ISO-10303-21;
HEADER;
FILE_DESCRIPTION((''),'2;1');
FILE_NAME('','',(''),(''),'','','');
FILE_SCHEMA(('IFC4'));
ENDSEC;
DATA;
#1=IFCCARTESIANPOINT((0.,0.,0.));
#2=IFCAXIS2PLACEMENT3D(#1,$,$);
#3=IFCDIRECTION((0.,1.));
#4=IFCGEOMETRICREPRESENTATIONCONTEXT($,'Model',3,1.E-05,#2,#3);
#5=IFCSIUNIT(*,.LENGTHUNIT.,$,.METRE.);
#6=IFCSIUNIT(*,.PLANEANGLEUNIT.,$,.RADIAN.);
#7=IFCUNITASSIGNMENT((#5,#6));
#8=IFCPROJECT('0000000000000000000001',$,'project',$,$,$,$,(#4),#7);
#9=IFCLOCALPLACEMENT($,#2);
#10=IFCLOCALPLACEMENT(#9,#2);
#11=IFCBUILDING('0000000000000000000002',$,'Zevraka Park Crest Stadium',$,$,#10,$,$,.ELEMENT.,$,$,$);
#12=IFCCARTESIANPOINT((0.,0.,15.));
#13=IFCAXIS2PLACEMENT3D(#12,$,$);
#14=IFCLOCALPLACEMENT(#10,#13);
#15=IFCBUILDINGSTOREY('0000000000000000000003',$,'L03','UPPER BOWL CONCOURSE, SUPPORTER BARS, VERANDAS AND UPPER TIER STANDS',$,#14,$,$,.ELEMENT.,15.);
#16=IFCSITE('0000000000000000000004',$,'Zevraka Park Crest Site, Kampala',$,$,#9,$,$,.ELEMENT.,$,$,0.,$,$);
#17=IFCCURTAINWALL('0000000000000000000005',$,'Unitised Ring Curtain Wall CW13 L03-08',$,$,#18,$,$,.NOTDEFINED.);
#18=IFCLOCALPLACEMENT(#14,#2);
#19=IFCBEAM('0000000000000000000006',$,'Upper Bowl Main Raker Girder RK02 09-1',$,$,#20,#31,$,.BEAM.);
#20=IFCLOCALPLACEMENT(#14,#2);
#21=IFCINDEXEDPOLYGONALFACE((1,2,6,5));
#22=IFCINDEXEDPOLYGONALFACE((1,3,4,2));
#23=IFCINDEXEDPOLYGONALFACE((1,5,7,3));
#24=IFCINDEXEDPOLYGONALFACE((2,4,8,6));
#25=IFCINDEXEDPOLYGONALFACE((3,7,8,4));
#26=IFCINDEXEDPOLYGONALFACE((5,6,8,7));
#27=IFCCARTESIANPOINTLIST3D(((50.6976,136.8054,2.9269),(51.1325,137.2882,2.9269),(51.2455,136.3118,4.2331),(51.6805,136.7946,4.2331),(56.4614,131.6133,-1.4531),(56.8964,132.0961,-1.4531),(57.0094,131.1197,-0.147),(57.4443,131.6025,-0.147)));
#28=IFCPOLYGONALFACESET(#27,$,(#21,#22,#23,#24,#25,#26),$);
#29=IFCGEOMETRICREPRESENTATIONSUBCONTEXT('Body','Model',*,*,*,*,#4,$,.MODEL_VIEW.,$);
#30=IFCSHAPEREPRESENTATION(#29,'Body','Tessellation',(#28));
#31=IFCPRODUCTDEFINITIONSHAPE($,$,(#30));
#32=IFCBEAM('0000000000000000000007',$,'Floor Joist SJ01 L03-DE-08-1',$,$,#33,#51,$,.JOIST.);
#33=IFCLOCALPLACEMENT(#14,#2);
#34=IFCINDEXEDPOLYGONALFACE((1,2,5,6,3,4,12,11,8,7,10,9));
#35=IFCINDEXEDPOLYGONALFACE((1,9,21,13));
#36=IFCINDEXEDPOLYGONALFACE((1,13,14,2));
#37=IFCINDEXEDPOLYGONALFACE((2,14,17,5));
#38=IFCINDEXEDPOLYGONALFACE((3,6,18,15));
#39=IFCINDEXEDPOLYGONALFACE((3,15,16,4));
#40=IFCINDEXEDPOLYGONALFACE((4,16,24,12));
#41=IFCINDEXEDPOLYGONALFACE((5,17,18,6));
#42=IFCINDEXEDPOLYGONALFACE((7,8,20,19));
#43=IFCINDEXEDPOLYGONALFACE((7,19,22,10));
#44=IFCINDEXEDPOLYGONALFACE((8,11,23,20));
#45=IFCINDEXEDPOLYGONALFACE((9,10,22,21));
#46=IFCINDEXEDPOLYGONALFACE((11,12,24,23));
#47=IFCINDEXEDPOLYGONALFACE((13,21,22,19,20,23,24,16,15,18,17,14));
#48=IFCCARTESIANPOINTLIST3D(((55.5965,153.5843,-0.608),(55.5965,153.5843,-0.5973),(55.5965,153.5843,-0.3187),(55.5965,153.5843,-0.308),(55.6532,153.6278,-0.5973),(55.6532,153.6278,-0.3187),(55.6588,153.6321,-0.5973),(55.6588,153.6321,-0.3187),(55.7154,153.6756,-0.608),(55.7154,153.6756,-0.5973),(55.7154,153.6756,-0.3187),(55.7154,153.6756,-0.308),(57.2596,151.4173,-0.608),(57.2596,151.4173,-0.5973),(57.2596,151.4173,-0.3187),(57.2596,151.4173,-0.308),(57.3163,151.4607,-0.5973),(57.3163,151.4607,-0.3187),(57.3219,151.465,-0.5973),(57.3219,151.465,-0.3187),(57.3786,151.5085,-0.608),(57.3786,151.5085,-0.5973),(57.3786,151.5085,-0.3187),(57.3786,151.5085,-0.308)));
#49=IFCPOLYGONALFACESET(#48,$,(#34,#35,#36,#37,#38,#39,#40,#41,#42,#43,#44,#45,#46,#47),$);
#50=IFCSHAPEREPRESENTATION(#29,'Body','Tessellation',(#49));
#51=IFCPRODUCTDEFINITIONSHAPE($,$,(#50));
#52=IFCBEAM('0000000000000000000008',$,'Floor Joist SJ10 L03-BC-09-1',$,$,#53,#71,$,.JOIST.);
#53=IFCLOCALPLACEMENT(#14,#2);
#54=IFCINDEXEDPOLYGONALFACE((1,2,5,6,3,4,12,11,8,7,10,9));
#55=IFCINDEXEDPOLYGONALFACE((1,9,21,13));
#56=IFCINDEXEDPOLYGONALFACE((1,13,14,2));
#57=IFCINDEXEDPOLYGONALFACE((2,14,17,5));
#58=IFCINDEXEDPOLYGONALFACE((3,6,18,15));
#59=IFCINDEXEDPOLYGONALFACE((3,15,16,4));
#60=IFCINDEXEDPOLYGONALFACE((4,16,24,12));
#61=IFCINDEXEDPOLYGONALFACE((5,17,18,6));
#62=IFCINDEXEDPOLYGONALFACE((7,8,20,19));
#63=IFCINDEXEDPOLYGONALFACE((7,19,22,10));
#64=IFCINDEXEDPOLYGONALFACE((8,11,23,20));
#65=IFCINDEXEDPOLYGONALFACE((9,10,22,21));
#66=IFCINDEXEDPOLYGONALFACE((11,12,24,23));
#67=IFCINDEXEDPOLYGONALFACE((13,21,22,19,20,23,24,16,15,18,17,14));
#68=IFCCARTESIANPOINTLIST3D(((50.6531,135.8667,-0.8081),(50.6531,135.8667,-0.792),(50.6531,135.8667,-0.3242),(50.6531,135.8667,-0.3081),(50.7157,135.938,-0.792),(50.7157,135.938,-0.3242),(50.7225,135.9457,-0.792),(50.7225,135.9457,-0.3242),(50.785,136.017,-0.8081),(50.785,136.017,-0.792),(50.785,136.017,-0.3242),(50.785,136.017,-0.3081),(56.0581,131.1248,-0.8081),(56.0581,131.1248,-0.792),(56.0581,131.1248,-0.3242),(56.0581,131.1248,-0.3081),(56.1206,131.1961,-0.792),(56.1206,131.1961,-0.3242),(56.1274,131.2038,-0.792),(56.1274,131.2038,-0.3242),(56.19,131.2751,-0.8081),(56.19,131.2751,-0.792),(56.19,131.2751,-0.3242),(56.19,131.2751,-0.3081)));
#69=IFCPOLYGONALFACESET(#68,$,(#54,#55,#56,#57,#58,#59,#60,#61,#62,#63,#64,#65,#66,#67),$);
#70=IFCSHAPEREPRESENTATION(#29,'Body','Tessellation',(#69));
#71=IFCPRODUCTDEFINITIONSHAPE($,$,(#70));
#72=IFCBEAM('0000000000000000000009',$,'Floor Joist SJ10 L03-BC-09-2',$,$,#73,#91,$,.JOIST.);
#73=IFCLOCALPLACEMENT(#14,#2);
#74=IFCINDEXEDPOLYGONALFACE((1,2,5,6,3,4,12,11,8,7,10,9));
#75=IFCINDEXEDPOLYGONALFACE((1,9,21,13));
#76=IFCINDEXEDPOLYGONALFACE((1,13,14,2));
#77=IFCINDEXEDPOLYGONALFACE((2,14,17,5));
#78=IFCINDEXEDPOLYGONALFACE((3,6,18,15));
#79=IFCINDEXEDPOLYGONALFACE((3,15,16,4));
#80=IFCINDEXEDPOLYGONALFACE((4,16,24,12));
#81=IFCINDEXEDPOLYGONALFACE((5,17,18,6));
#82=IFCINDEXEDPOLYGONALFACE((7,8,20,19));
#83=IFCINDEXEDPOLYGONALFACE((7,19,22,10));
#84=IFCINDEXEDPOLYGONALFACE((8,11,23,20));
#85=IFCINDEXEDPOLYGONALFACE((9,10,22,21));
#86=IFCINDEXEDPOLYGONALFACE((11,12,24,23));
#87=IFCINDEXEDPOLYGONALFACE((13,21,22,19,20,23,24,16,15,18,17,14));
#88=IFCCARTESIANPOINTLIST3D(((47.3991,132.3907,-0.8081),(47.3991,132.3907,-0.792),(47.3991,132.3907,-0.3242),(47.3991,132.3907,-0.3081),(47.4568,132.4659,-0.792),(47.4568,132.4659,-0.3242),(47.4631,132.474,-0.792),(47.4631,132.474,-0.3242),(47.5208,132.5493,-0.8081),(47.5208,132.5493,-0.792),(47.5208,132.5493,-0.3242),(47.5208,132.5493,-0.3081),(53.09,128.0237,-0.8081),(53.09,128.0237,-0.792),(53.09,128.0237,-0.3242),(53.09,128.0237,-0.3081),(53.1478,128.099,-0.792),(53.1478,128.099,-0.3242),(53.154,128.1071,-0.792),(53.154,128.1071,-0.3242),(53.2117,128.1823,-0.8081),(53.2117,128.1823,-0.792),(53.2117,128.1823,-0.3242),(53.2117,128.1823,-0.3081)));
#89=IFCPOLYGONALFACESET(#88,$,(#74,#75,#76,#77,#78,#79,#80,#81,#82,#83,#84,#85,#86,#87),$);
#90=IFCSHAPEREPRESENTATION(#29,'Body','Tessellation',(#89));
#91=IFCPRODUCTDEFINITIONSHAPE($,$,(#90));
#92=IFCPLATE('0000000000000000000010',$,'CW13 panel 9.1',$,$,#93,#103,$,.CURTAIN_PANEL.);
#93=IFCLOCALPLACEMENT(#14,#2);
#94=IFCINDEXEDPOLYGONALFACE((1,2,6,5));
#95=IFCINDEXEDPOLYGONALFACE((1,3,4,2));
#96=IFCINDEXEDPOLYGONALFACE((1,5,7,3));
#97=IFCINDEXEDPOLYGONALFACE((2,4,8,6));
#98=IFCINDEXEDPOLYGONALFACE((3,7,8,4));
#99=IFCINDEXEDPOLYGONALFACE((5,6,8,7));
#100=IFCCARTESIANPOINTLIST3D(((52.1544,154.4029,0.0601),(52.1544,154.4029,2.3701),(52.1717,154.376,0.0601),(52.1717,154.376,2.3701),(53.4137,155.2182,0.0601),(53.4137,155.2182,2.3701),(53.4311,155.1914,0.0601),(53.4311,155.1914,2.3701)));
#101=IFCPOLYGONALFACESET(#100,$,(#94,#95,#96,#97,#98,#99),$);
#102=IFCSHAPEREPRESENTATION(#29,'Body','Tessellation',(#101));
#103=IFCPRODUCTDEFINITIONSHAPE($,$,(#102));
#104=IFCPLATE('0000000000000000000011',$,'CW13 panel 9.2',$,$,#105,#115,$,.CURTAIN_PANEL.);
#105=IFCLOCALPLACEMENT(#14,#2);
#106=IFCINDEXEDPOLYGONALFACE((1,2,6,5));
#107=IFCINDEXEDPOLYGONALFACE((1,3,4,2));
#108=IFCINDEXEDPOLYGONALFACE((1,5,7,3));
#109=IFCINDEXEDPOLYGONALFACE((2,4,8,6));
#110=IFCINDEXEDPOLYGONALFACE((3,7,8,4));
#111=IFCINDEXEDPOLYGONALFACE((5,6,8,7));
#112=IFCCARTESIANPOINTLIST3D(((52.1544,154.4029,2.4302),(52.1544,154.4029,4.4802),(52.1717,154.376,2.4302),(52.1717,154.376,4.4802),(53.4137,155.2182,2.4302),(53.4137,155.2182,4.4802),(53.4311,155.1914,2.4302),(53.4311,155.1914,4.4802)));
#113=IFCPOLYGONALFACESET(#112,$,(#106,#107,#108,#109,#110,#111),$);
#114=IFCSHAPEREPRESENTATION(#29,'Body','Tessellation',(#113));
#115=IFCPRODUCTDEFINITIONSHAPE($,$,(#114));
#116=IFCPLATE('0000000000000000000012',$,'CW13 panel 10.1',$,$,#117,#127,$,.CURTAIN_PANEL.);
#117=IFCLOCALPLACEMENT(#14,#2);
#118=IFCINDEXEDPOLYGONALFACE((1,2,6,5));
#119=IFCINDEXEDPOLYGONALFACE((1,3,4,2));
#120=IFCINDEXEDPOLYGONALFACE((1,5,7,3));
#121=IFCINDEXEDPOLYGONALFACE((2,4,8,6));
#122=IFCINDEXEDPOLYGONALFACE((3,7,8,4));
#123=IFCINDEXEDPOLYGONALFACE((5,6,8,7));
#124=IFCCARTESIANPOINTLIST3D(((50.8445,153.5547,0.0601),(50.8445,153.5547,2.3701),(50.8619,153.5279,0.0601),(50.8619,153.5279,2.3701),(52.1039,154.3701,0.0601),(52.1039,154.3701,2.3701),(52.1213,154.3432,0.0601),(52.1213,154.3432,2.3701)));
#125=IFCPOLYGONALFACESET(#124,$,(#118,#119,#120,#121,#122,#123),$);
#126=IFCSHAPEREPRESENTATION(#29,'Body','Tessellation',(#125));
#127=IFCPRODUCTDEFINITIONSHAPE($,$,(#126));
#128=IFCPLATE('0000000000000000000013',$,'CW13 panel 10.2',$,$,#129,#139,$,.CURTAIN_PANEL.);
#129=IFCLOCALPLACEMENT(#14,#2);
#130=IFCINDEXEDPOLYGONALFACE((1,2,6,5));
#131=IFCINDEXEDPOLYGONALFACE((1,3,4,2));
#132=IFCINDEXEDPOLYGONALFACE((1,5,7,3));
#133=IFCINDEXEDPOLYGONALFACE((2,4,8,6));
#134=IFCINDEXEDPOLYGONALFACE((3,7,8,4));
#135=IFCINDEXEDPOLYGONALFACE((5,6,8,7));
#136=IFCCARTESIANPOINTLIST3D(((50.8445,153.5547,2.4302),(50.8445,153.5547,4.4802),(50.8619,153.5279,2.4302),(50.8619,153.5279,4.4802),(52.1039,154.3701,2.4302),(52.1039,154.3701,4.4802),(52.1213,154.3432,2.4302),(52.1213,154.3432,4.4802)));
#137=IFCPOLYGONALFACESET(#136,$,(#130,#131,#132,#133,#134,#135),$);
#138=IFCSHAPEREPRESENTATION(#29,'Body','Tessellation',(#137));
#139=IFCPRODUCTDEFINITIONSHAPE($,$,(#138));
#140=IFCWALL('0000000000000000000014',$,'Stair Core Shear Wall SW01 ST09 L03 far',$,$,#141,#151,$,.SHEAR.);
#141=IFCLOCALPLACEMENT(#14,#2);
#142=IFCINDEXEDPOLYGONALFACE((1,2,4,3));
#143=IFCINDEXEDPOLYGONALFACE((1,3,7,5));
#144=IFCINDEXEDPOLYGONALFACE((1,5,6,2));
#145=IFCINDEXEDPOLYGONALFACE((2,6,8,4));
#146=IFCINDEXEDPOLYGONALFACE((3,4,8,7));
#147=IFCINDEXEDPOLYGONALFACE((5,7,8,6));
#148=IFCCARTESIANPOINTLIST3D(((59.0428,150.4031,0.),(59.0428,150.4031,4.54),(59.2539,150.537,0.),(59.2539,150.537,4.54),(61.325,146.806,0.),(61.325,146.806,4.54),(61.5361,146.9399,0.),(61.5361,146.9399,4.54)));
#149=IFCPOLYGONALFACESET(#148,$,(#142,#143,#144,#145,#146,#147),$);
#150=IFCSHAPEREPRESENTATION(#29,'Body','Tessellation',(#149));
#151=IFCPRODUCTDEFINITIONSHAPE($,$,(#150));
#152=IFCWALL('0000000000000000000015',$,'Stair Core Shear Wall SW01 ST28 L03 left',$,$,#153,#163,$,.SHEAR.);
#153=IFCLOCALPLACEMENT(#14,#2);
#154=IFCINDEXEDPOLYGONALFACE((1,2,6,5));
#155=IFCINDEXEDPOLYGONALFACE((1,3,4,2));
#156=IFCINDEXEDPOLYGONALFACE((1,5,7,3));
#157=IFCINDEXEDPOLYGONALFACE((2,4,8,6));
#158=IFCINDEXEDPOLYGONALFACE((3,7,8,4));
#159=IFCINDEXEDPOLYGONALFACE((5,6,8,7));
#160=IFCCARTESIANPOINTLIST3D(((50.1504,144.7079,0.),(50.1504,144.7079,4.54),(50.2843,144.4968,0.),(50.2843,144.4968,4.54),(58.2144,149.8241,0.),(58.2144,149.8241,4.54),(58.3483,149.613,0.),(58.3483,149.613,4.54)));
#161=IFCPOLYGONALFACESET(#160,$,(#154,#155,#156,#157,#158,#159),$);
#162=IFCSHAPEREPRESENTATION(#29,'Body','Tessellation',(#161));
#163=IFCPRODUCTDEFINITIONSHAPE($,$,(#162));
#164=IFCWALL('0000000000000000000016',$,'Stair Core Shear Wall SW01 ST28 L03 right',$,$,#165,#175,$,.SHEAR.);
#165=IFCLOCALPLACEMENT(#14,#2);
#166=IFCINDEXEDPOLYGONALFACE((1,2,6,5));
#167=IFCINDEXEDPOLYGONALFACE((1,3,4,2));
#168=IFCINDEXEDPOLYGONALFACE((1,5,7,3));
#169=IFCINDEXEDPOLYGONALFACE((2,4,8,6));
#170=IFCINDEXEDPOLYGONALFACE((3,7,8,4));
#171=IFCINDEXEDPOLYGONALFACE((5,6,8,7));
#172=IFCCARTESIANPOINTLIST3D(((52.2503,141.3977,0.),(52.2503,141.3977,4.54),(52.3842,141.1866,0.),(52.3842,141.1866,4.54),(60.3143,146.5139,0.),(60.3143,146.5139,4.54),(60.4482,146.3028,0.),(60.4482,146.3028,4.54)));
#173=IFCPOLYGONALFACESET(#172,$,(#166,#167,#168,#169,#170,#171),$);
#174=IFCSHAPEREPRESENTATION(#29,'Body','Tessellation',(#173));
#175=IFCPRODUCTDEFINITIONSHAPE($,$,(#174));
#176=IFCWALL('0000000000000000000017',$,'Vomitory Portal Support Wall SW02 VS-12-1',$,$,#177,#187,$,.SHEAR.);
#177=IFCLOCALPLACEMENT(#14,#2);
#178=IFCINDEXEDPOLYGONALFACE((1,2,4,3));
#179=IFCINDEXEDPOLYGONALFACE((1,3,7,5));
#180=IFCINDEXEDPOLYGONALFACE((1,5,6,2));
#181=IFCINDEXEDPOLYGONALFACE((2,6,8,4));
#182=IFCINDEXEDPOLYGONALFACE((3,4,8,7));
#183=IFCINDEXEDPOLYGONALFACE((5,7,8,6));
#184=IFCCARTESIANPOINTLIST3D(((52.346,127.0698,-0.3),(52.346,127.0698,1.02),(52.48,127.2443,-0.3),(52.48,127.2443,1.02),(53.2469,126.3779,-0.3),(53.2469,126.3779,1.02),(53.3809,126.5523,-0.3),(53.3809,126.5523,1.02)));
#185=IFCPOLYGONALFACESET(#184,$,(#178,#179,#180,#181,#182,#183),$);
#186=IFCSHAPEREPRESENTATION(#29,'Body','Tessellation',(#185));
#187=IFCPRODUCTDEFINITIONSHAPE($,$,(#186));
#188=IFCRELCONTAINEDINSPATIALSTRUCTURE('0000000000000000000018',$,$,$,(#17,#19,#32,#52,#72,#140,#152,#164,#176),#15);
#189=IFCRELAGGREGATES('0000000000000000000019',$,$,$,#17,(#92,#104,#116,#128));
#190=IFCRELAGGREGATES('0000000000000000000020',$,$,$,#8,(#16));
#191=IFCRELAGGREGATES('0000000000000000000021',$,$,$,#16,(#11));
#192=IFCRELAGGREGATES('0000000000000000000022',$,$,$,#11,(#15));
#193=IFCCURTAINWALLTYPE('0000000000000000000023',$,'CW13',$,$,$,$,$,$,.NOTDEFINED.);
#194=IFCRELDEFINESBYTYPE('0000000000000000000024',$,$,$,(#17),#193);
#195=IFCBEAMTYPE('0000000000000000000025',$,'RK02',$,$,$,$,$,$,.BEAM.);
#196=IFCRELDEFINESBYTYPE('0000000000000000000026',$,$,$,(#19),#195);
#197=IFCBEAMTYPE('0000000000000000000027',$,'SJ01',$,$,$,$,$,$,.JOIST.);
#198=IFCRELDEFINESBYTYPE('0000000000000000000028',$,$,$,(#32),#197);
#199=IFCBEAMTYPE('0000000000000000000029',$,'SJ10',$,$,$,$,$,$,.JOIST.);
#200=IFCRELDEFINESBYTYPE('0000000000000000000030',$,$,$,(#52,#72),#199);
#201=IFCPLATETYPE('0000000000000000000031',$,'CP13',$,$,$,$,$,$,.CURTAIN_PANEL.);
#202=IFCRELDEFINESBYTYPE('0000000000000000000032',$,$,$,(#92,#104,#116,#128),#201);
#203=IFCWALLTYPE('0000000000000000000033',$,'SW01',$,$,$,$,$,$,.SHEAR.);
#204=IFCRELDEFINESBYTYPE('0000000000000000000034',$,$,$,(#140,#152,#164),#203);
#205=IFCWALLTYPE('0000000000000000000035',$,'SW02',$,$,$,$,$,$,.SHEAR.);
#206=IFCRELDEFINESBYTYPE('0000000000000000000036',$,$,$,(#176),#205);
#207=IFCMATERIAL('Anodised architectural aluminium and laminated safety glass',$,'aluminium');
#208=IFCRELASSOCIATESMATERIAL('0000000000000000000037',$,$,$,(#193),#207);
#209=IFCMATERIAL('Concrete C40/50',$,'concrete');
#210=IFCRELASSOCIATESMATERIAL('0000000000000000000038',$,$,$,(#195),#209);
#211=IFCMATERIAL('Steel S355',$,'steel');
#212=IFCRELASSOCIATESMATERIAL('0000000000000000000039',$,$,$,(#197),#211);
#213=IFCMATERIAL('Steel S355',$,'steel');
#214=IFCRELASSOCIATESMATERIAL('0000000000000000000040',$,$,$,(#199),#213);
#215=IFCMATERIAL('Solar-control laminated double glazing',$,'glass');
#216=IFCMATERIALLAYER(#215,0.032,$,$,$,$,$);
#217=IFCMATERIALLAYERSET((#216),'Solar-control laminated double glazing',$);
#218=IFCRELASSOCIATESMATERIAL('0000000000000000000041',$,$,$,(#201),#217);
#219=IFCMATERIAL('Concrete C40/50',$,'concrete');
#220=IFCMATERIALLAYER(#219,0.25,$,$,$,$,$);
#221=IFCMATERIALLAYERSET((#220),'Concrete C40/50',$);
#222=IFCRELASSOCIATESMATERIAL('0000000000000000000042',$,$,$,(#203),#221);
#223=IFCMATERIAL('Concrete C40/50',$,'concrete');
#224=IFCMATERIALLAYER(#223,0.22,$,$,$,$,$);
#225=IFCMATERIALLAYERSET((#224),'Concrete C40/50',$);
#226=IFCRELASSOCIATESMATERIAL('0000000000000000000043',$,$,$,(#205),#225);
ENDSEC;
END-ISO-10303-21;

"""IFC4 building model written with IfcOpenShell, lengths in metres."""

from ifc_helpers import new_model, si_unit, direction, frame, frame_2d, origin, origin_2d, place, context, subcontext, project, spatial, rectangle, i_section, extrude, material, layer, layer_set, material_profile, profile_set, type_object, element, aggregate, save


model = new_model("IFC4")

# Units and contexts
model_context = context("Model", 3, precision=1e-05, world=origin(), true_north=direction((0.0, 1.0)))
body_context = subcontext(model_context, "Body", "Model", "MODEL_VIEW")
ifc_project = project(units=[si_unit("LENGTHUNIT", "METRE"), si_unit("PLANEANGLEUNIT", "RADIAN")], contexts=[model_context])

# Site, building, storey
site_placement = place(None, origin())
site = spatial("IfcSite", under=ifc_project, at=site_placement, Name="Zevraka Park Crest Site, Kampala", CompositionType="ELEMENT", RefElevation=0.0)
building_placement = place(site_placement, origin())
building = spatial("IfcBuilding", under=site, at=building_placement, Name="Zevraka Park Crest Stadium", CompositionType="ELEMENT")
storey_placement = place(building_placement, frame((0.0, 0.0, 15.0)))
storey = spatial("IfcBuildingStorey", under=building, at=storey_placement, Name="L03", Description="UPPER BOWL CONCOURSE, SUPPORTER BARS, VERANDAS AND UPPER TIER STANDS", CompositionType="ELEMENT", Elevation=15.0)

# Curtain wall
ifc_material_1 = material(Name="Anodised architectural aluminium and laminated safety glass", Category="aluminium")
curtain_wall_type = type_object("IfcCurtainWallType", Name="CW13", PredefinedType="NOTDEFINED", material=ifc_material_1)
curtain_wall_placement = place(storey_placement, origin())
curtain_wall = element("IfcCurtainWall", 1, at=curtain_wall_placement, inside=storey, type_object=curtain_wall_type, Name="Unitised Ring Curtain Wall CW13 L03-08", PredefinedType="NOTDEFINED")

# Beams
ifc_material_2 = material(Name="Concrete C40/50", Category="concrete")
ifc_material_profile_1 = material_profile(ifc_material_2, rectangle(XDim=0.6499, YDim=1.5, at=origin_2d()), Name="RC 1500x650")
ifc_profile_set_1 = profile_set([ifc_material_profile_1], Name="Concrete C40/50")
beam_type_1 = type_object("IfcBeamType", Name="RK02", PredefinedType="BEAM", material=ifc_profile_set_1)
beam_1_placement = place(storey_placement, frame((56.9529, 131.6079, -0.8), z_axis=(-0.646992, 0.582811, 0.491663), x_axis=(-0.669293, -0.742998, 0.0)))
element("IfcBeam", 2, at=beam_1_placement, inside=storey, type_object=beam_type_1, Name="Upper Bowl Main Raker Girder RK02 09-1", PredefinedType="BEAM", context=body_context, shape_type="SweptSolid", body=[
    extrude(rectangle(XDim=0.6499, YDim=1.5, at=origin_2d()), origin(), (0.0, 0.0, 1.0), 8.9087),
])
ifc_material_3 = material(Name="Steel S355", Category="steel")
ifc_material_profile_2 = material_profile(ifc_material_3, i_section(OverallWidth=0.1499, OverallDepth=0.3, WebThickness=0.0071, FlangeThickness=0.0107, at=origin_2d()), Name="IPE 300")
ifc_profile_set_2 = profile_set([ifc_material_profile_2], Name="Steel S355")
beam_type_2 = type_object("IfcBeamType", Name="SJ01", PredefinedType="JOIST", material=ifc_profile_set_2)
beam_2_placement = place(storey_placement, frame((57.3191, 151.4629, -0.458), z_axis=(-0.608829, 0.793301, 0.0), x_axis=(-0.793301, -0.608829, 0.0)))
element("IfcBeam", 3, at=beam_2_placement, inside=storey, type_object=beam_type_2, Name="Floor Joist SJ01 L03-DE-08-1", PredefinedType="JOIST", context=body_context, shape_type="SweptSolid", body=[
    extrude(i_section(OverallWidth=0.1499, OverallDepth=0.3, WebThickness=0.0071, FlangeThickness=0.0107, at=origin_2d()), origin(), (0.0, 0.0, 1.0), 2.7317),
])
ifc_material_4 = material(Name="Steel S355", Category="steel")
ifc_material_profile_3 = material_profile(ifc_material_4, i_section(OverallWidth=0.2, OverallDepth=0.5, WebThickness=0.0103, FlangeThickness=0.0161, at=origin_2d()), Name="IPE 500")
ifc_profile_set_3 = profile_set([ifc_material_profile_3], Name="Steel S355")
beam_type_3 = type_object("IfcBeamType", Name="SJ10", PredefinedType="JOIST", material=ifc_profile_set_3)
beam_3_placement = place(storey_placement, frame((56.124, 131.2, -0.5581), z_axis=(-0.751712, 0.659492, 0.0), x_axis=(-0.659492, -0.751712, 0.0)))
element("IfcBeam", 4, at=beam_3_placement, inside=storey, type_object=beam_type_3, Name="Floor Joist SJ10 L03-BC-09-1", PredefinedType="JOIST", context=body_context, shape_type="SweptSolid", body=[
    extrude(i_section(OverallWidth=0.2, OverallDepth=0.5, WebThickness=0.0103, FlangeThickness=0.0161, at=origin_2d()), origin(), (0.0, 0.0, 1.0), 7.1902),
])
beam_4_placement = place(storey_placement, frame((53.1509, 128.103, -0.5581), z_axis=(-0.793343, 0.608774, 0.0), x_axis=(-0.608774, -0.793343, 0.0)))
element("IfcBeam", 5, at=beam_4_placement, inside=storey, type_object=beam_type_3, Name="Floor Joist SJ10 L03-BC-09-2", PredefinedType="JOIST", context=body_context, shape_type="SweptSolid", body=[
    extrude(i_section(OverallWidth=0.2, OverallDepth=0.5, WebThickness=0.0103, FlangeThickness=0.0161, at=origin_2d()), origin(), (0.0, 0.0, 1.0), 7.1733),
])

# Plates
ifc_material_5 = material(Name="Solar-control laminated double glazing", Category="glass")
ifc_layer_1 = layer(ifc_material_5, 0.032)
ifc_layer_set_1 = layer_set([ifc_layer_1], Name="Solar-control laminated double glazing")
plate_type = type_object("IfcPlateType", Name="CP13", PredefinedType="CURTAIN_PANEL", material=ifc_layer_set_1)
plate_1_placement = place(storey_placement, frame((52.7927, 154.7971, 0.0601), z_axis=(0.0, 0.0, 1.0), x_axis=(-0.839429, -0.543469, 0.0)))
plate_1 = element("IfcPlate", 6, at=plate_1_placement, type_object=plate_type, Name="CW13 panel 9.1", PredefinedType="CURTAIN_PANEL", context=body_context, shape_type="SweptSolid", body=[
    extrude(rectangle(XDim=1.5002, YDim=0.032, at=origin_2d()), origin(), (0.0, 0.0, 1.0), 2.3101),
])
plate_2_placement = place(storey_placement, frame((52.7927, 154.7971, 2.4302), z_axis=(0.0, 0.0, 1.0), x_axis=(-0.839429, -0.543469, 0.0)))
plate_2 = element("IfcPlate", 7, at=plate_2_placement, type_object=plate_type, Name="CW13 panel 9.2", PredefinedType="CURTAIN_PANEL", context=body_context, shape_type="SweptSolid", body=[
    extrude(rectangle(XDim=1.5002, YDim=0.032, at=origin_2d()), origin(), (0.0, 0.0, 1.0), 2.05),
])
plate_3_placement = place(storey_placement, frame((51.4829, 153.949, 0.0601), z_axis=(0.0, 0.0, 1.0), x_axis=(-0.839429, -0.543469, 0.0)))
plate_3 = element("IfcPlate", 8, at=plate_3_placement, type_object=plate_type, Name="CW13 panel 10.1", PredefinedType="CURTAIN_PANEL", context=body_context, shape_type="SweptSolid", body=[
    extrude(rectangle(XDim=1.5002, YDim=0.032, at=origin_2d()), origin(), (0.0, 0.0, 1.0), 2.3101),
])
plate_4_placement = place(storey_placement, frame((51.4829, 153.949, 2.4302), z_axis=(0.0, 0.0, 1.0), x_axis=(-0.839429, -0.543469, 0.0)))
plate_4 = element("IfcPlate", 9, at=plate_4_placement, type_object=plate_type, Name="CW13 panel 10.2", PredefinedType="CURTAIN_PANEL", context=body_context, shape_type="SweptSolid", body=[
    extrude(rectangle(XDim=1.5002, YDim=0.032, at=origin_2d()), origin(), (0.0, 0.0, 1.0), 2.05),
])
aggregate(curtain_wall, [plate_1, plate_2, plate_3, plate_4])

# Walls
ifc_material_6 = material(Name="Concrete C40/50", Category="concrete")
ifc_layer_2 = layer(ifc_material_6, 0.25)
ifc_layer_set_2 = layer_set([ifc_layer_2], Name="Concrete C40/50")
wall_type_1 = type_object("IfcWallType", Name="SW01", PredefinedType="SHEAR", material=ifc_layer_set_2)
wall_placement = place(storey_placement, frame((59.1484, 150.47, 0.0), z_axis=(0.0, 0.0, 1.0), x_axis=(0.535725, -0.844392, 0.0)))
element("IfcWall", 10, at=wall_placement, inside=storey, type_object=wall_type_1, Name="Stair Core Shear Wall SW01 ST09 L03 far", PredefinedType="SHEAR", context=body_context, shape_type="SweptSolid", body=[
    extrude(rectangle(XDim=4.26, YDim=0.25, at=frame_2d((2.1299, 0.0))), origin(), (0.0, 0.0, 1.0), 4.54),
])
for number, where, z_axis, x_axis, name in (
    (11, (58.2812, 149.7185, 0.0), (0.0, 0.0, 1.0), (-0.844391, -0.535727, 0.0), "Stair Core Shear Wall SW01 ST28 L03 left"),
    (12, (52.3174, 141.2922, 0.0), (0.0, 0.0, 1.0), (0.844391, 0.535727, 0.0), "Stair Core Shear Wall SW01 ST28 L03 right"),
):
    element("IfcWall", number, at=place(storey_placement, frame(where, z_axis=z_axis, x_axis=x_axis)), inside=storey, type_object=wall_type_1, Name=name, PredefinedType="SHEAR", context=body_context, shape_type="SweptSolid", body=[
        extrude(rectangle(XDim=9.55, YDim=0.25, at=frame_2d((4.7749, 0.0))), origin(), (0.0, 0.0, 1.0), 4.54),
    ])
ifc_material_7 = material(Name="Concrete C40/50", Category="concrete")
ifc_layer_3 = layer(ifc_material_7, 0.22)
ifc_layer_set_3 = layer_set([ifc_layer_3], Name="Concrete C40/50")
wall_type_2 = type_object("IfcWallType", Name="SW02", PredefinedType="SHEAR", material=ifc_layer_set_3)
for number, where, z_axis, x_axis, name in (
    (13, (52.4131, 127.157, -0.3), (0.0, 0.0, 1.0), (0.793087, -0.609108, 0.0), "Vomitory Portal Support Wall SW02 VS-12-1"),
):
    element("IfcWall", number, at=place(storey_placement, frame(where, z_axis=z_axis, x_axis=x_axis)), inside=storey, type_object=wall_type_2, Name=name, PredefinedType="SHEAR", context=body_context, shape_type="SweptSolid", body=[
        extrude(rectangle(XDim=1.136, YDim=0.22, at=frame_2d((0.5679, 0.0))), origin(), (0.0, 0.0, 1.0), 1.3201),
    ])

save(model, "model.ifc")
